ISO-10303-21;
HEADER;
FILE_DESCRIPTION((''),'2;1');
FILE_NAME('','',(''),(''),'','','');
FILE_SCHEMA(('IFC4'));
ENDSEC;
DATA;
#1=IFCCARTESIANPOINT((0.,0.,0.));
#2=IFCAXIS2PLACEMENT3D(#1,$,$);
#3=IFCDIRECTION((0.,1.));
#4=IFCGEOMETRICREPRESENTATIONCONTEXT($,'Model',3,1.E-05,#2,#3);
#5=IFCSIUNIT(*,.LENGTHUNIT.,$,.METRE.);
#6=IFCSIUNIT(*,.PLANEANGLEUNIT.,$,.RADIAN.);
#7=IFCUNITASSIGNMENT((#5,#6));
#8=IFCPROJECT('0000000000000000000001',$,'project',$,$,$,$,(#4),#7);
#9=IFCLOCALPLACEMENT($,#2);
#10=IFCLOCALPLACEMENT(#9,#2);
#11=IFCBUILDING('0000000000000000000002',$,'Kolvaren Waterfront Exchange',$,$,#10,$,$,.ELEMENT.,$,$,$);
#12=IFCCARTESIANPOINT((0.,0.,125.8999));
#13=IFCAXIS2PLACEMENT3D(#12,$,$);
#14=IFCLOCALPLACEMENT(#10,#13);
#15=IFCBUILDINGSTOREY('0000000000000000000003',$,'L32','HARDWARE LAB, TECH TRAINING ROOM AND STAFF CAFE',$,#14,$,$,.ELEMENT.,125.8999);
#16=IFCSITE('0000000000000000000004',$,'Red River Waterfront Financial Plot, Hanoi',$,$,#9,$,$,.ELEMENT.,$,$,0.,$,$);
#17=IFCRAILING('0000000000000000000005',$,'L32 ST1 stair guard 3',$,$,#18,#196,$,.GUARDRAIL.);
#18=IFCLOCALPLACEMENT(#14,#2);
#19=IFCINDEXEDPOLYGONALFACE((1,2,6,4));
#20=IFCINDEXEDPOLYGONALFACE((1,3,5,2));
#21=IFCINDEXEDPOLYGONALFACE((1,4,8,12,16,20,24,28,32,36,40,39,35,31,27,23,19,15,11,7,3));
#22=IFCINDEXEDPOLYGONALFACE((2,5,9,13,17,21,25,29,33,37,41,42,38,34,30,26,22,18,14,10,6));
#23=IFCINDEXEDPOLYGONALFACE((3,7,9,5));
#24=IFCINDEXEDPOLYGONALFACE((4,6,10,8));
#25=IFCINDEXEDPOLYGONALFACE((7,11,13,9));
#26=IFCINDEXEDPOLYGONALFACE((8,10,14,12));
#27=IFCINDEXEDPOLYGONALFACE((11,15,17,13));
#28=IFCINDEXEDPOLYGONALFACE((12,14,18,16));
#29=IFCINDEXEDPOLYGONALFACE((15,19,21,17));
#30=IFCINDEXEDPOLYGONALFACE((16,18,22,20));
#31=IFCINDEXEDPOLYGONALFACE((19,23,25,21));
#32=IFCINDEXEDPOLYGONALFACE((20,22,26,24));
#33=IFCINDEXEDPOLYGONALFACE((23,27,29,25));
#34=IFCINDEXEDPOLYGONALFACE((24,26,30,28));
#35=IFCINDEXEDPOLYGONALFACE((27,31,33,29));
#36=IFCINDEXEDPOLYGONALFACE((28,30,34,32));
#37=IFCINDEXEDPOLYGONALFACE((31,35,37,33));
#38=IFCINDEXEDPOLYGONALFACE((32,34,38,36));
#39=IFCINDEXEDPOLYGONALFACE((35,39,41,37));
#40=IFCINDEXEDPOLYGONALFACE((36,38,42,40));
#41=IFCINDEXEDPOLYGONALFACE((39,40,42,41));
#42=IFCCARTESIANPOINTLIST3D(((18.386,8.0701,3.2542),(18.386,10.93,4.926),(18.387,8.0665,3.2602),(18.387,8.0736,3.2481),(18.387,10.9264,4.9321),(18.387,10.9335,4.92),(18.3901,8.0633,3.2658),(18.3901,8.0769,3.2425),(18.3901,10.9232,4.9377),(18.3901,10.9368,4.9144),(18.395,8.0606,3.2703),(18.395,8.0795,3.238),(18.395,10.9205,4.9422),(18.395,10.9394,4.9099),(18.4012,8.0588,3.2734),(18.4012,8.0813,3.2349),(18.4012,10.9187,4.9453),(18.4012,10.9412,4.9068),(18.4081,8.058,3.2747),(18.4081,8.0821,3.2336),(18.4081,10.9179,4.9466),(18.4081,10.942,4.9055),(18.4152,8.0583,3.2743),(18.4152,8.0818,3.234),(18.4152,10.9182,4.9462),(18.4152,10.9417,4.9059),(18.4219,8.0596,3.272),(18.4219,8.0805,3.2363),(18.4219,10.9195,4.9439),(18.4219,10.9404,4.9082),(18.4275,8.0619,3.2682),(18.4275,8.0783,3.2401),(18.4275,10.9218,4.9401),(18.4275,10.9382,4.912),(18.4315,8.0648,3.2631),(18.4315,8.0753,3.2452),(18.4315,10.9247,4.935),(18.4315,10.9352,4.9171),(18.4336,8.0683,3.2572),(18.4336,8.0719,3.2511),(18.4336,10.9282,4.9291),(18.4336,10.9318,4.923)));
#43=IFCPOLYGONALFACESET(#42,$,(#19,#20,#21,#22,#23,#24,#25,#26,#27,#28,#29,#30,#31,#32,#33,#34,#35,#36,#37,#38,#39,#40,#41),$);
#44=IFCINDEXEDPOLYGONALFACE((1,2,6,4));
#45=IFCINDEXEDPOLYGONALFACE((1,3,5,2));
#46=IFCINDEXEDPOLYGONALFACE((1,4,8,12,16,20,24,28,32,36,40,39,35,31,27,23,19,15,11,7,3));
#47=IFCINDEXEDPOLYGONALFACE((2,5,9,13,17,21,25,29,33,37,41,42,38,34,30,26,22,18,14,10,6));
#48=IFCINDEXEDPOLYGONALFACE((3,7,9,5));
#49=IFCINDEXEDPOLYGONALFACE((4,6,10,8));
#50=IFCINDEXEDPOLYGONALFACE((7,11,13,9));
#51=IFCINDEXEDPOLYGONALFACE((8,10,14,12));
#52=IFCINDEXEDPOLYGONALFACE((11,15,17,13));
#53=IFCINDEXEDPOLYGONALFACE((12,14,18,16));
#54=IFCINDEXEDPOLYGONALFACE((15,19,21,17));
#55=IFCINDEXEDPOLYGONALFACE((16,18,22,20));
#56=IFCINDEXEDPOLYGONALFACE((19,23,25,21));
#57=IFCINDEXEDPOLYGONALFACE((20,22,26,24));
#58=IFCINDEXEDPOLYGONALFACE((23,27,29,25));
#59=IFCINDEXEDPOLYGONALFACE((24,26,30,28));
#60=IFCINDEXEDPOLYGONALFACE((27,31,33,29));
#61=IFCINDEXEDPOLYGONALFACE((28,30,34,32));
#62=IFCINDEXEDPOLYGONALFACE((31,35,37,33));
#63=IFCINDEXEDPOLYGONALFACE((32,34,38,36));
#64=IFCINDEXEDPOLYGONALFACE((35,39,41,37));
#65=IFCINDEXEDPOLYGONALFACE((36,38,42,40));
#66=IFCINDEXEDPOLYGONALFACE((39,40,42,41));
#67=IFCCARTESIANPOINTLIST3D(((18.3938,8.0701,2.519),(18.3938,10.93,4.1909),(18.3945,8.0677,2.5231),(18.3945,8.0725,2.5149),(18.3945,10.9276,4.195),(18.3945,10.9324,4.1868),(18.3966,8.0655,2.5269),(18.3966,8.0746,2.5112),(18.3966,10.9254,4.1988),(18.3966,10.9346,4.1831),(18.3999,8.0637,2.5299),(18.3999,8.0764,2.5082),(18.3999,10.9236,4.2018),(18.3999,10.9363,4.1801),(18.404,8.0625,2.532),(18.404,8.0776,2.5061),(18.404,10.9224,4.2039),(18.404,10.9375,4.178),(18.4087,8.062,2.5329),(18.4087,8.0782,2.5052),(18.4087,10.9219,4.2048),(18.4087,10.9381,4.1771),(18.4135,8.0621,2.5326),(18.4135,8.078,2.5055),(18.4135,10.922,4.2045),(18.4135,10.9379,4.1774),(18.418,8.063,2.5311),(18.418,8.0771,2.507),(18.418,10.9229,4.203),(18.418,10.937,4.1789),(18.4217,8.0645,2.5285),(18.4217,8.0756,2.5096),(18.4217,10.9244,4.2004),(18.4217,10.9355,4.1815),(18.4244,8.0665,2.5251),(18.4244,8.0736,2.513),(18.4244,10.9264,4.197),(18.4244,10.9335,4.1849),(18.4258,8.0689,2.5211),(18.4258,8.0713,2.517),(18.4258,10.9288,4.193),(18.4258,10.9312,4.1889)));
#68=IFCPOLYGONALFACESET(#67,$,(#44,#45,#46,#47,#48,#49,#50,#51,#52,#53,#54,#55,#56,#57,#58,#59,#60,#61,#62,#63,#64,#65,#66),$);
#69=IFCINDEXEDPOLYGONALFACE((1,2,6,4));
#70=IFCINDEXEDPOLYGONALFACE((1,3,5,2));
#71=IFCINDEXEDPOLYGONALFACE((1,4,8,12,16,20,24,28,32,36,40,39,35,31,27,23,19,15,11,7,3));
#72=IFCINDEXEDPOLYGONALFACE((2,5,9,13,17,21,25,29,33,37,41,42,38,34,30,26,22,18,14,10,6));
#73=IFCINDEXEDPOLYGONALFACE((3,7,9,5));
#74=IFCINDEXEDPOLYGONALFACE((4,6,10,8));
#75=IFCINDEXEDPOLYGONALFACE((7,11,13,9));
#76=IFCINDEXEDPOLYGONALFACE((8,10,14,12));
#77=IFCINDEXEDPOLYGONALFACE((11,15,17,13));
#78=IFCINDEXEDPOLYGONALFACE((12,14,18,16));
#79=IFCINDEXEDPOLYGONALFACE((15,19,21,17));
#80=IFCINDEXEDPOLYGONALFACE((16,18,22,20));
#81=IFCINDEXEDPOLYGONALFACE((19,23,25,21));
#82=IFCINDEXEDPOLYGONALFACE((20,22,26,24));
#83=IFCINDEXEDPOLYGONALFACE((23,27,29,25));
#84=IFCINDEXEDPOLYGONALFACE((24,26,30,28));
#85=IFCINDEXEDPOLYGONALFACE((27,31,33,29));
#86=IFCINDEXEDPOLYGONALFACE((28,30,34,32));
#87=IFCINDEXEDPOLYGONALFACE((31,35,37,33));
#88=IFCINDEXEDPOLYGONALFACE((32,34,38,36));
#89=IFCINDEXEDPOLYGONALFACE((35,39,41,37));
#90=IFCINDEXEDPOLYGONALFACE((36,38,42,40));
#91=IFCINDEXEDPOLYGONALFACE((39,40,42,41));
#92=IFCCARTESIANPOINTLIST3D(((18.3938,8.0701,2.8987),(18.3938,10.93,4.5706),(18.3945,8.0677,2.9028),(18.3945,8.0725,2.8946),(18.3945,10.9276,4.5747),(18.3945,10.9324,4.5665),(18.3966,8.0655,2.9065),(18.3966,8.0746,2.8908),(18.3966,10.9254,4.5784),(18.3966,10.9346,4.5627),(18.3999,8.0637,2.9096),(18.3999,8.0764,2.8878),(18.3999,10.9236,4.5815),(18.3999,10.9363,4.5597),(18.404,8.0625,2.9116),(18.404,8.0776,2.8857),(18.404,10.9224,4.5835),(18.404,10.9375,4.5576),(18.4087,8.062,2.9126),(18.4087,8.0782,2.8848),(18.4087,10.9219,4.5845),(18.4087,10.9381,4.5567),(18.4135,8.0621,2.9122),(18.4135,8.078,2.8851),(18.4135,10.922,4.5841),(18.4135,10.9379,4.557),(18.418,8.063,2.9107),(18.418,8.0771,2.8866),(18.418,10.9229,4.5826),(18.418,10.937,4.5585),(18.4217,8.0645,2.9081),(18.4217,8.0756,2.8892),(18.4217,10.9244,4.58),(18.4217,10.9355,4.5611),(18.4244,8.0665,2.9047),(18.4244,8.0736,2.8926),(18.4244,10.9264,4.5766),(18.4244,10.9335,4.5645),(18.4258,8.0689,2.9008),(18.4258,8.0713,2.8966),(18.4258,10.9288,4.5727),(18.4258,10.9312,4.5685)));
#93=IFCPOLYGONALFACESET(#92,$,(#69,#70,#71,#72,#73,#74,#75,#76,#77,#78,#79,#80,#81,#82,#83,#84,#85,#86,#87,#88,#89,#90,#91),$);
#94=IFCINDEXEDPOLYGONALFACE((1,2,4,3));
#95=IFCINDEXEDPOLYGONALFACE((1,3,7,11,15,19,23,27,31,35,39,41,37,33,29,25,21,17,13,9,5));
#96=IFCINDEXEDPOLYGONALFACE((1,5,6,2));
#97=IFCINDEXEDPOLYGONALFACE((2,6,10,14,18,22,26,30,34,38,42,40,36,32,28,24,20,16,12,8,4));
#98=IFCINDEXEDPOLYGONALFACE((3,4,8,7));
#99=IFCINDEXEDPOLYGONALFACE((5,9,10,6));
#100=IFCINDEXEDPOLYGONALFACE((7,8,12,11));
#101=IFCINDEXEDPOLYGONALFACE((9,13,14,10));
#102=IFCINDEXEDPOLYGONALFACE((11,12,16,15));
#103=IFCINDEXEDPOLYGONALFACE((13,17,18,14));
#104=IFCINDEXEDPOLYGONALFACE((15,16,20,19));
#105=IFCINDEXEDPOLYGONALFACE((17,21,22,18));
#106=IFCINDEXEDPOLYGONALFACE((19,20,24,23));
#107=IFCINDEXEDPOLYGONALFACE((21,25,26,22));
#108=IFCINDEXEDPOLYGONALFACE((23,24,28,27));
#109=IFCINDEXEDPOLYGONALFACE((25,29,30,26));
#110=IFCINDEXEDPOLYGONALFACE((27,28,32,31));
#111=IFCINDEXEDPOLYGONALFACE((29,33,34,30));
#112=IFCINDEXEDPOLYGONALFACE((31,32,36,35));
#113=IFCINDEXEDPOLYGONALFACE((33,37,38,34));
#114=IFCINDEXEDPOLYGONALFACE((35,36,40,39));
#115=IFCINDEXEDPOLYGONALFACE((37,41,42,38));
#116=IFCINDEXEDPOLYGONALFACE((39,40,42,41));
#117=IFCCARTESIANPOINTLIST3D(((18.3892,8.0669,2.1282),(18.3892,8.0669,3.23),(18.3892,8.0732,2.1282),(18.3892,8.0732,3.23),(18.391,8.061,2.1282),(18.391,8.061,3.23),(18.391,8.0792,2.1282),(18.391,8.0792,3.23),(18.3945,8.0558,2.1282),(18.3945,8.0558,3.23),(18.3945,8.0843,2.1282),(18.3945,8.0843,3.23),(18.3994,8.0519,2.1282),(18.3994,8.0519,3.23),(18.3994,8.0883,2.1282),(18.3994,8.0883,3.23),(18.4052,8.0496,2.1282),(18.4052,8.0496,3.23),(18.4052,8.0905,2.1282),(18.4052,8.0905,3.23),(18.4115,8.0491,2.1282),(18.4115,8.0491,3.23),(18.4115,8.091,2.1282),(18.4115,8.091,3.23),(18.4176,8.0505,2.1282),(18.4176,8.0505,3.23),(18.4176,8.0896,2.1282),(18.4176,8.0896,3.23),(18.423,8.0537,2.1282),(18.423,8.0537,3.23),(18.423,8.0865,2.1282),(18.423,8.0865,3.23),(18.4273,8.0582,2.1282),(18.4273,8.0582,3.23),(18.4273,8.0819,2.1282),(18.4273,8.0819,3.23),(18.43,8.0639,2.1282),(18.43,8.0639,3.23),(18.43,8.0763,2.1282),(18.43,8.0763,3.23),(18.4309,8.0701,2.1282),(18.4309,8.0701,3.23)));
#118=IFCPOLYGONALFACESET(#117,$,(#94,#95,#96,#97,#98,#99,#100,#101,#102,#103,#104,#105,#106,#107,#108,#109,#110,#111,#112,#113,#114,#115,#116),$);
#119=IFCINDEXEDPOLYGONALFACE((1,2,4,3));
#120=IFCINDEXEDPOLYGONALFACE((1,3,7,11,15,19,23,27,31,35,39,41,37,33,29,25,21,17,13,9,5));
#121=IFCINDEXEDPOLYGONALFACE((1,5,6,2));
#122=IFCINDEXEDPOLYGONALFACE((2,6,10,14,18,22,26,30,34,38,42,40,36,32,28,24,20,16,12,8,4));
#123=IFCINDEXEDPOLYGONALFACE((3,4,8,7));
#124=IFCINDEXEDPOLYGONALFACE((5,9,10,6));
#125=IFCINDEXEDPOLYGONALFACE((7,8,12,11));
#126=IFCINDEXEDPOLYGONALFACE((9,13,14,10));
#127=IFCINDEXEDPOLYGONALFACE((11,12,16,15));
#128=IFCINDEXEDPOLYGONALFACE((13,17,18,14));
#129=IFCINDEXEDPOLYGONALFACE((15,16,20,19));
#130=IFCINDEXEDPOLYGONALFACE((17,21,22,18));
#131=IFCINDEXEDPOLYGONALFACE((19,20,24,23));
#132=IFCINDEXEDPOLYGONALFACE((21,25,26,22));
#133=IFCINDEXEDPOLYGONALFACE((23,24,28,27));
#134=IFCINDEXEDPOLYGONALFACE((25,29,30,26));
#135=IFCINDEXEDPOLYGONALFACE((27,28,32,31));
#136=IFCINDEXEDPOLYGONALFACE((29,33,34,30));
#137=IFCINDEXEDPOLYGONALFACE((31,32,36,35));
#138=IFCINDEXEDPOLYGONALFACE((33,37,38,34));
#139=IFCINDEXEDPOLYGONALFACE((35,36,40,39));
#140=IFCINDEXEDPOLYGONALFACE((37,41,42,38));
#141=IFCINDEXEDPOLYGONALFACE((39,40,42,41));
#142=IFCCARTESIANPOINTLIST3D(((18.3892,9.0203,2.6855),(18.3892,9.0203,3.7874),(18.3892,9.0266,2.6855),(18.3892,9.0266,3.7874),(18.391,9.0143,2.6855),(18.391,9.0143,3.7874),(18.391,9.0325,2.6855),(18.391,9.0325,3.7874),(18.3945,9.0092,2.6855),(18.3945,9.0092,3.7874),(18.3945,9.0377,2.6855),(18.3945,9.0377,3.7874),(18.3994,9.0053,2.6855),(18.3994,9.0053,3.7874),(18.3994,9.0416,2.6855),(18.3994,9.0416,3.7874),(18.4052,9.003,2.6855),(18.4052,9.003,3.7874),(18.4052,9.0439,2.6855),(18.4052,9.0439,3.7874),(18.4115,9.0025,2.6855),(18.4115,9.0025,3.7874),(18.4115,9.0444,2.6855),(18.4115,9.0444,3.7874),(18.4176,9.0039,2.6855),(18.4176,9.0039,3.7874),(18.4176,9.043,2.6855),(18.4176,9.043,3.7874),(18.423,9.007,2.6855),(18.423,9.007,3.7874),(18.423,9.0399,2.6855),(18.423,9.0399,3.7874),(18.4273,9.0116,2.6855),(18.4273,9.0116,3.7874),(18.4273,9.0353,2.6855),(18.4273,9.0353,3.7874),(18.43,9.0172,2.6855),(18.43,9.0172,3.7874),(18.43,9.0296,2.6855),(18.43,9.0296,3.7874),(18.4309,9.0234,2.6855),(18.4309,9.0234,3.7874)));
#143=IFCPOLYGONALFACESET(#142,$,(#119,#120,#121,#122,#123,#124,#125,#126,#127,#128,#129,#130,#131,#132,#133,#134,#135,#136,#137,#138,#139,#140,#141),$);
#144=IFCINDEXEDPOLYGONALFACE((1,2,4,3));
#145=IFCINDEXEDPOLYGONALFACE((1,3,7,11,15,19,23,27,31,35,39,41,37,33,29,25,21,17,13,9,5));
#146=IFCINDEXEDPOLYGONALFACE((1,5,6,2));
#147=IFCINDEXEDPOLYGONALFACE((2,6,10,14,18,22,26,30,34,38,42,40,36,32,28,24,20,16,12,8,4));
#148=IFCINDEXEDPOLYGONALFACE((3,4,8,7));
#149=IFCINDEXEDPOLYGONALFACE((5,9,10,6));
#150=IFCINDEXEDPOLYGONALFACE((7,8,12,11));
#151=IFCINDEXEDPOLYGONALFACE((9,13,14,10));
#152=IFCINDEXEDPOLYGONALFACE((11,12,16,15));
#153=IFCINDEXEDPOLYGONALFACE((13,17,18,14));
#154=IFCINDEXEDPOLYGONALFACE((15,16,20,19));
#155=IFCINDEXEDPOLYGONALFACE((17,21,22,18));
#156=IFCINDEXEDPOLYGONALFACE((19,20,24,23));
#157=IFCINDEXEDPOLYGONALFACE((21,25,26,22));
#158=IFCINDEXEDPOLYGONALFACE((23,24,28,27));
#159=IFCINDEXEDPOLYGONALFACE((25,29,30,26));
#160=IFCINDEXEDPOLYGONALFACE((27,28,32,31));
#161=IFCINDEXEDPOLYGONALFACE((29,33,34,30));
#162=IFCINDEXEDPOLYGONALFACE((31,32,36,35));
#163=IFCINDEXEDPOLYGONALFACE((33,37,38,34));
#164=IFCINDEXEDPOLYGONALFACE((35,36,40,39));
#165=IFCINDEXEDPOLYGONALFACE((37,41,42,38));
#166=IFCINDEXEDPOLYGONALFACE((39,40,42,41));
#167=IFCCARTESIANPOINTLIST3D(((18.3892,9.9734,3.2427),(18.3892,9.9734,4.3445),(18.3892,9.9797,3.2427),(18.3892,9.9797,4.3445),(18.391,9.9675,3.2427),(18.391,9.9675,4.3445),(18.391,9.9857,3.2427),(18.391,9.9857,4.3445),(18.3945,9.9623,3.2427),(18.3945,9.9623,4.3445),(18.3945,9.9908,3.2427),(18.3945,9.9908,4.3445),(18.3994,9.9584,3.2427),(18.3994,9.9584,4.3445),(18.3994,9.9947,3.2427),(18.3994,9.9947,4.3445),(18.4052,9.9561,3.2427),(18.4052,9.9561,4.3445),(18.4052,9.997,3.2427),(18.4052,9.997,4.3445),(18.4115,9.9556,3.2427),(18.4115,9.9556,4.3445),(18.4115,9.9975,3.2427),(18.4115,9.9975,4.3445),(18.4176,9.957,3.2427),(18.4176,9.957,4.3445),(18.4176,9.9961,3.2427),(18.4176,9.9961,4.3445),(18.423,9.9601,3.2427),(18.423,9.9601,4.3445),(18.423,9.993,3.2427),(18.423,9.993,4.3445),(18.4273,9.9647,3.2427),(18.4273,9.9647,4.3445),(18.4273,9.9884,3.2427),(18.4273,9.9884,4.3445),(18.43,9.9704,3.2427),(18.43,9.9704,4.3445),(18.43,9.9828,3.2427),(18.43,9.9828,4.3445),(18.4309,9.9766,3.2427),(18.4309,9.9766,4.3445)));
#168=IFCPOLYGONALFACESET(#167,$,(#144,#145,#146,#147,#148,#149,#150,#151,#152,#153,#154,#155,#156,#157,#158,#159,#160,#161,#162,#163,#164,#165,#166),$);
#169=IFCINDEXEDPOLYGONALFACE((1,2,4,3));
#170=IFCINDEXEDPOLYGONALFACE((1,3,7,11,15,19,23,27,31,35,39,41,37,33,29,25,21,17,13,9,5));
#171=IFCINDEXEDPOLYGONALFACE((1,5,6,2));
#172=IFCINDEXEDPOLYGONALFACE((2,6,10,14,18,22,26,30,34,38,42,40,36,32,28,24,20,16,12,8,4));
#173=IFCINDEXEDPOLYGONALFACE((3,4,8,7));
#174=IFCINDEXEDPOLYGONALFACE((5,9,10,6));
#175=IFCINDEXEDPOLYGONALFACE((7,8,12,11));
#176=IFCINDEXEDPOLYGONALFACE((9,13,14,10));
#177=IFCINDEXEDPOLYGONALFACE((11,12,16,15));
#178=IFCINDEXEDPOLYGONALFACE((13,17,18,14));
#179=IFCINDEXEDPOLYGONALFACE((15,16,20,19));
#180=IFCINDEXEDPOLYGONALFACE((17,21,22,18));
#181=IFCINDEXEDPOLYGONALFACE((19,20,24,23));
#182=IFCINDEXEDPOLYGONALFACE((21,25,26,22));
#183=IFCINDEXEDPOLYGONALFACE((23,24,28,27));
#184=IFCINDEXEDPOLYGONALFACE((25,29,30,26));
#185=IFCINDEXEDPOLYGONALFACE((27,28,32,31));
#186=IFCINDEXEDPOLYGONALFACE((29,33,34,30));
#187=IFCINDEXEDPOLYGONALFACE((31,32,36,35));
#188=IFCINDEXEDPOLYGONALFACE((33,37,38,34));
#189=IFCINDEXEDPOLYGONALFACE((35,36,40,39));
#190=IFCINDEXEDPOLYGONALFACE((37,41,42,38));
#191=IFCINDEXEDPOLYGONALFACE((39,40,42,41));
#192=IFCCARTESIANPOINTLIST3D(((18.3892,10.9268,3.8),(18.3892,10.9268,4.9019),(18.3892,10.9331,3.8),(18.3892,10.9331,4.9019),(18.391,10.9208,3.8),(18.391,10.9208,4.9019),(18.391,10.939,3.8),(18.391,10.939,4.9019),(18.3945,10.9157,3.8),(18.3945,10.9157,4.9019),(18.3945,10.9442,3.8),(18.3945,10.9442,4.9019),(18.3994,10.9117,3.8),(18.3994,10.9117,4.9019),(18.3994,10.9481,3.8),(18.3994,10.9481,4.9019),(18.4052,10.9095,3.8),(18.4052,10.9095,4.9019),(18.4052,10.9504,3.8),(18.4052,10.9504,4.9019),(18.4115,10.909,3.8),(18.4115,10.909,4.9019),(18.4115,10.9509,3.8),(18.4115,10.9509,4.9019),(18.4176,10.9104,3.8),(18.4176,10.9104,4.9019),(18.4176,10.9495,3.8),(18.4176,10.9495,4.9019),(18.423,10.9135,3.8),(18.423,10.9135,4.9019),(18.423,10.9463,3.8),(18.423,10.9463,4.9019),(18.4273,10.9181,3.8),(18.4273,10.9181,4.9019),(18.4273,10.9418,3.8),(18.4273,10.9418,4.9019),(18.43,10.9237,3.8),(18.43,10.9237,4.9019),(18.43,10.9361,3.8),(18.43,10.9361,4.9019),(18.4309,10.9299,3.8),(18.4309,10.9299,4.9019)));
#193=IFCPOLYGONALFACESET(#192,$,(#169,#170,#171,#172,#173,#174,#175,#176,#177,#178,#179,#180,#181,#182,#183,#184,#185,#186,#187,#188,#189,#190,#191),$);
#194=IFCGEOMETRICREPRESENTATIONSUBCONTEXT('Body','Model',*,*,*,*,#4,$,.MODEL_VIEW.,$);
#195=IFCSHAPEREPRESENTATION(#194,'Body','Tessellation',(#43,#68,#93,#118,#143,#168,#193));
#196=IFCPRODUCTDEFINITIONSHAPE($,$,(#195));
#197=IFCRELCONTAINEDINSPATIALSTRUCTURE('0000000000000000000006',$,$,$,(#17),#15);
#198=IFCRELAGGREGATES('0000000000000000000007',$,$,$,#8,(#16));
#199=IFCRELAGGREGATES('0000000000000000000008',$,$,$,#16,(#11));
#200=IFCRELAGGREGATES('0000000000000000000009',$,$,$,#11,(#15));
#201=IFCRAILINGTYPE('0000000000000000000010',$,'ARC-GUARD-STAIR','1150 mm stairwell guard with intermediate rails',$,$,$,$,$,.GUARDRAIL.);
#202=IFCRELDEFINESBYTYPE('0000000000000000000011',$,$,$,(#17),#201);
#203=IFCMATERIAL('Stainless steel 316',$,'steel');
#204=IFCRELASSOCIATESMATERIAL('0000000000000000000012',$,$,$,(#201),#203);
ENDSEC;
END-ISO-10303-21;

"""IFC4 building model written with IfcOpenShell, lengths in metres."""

from ifc_helpers import new_model, si_unit, direction, frame, origin, origin_2d, place, context, subcontext, project, spatial, circle, extrude, material, type_object, element, save


model = new_model("IFC4")

# Units and contexts
model_context = context("Model", 3, precision=1e-05, world=origin(), true_north=direction((0.0, 1.0)))
body_context = subcontext(model_context, "Body", "Model", "MODEL_VIEW")
ifc_project = project(units=[si_unit("LENGTHUNIT", "METRE"), si_unit("PLANEANGLEUNIT", "RADIAN")], contexts=[model_context])

# Site, building, storey
site_placement = place(None, origin())
site = spatial("IfcSite", under=ifc_project, at=site_placement, Name="Red River Waterfront Financial Plot, Hanoi", CompositionType="ELEMENT", RefElevation=0.0)
building_placement = place(site_placement, origin())
building = spatial("IfcBuilding", under=site, at=building_placement, Name="Kolvaren Waterfront Exchange", CompositionType="ELEMENT")
storey_placement = place(building_placement, frame((0.0, 0.0, 125.8999)))
storey = spatial("IfcBuildingStorey", under=building, at=storey_placement, Name="L32", Description="HARDWARE LAB, TECH TRAINING ROOM AND STAFF CAFE", CompositionType="ELEMENT", Elevation=125.8999)

# Railing
ifc_material_1 = material(Name="Stainless steel 316", Category="steel")
railing_type_1 = type_object("IfcRailingType", Name="ARC-GUARD-STAIR", Description="1150 mm stairwell guard with intermediate rails", PredefinedType="GUARDRAIL", material=ifc_material_1)
railing_1_placement = place(storey_placement, frame((18.4099, 8.0701, 2.1282)))
element("IfcRailing", 1, at=railing_1_placement, inside=storey, type_object=railing_type_1, Name="L32 ST1 stair guard 3", PredefinedType="GUARDRAIL", context=body_context, shape_type="SweptSolid", body=[
    extrude(circle(Radius=0.0239, at=origin_2d()), frame((0.0, 0.0, 1.126), z_axis=(0.0, 0.863303, 0.504686), x_axis=(-1.0, 0.0, 0.0)), (0.0, 0.0, 1.0), 3.3127),
    extrude(circle(Radius=0.0161, at=origin_2d()), frame((0.0, 0.0, 0.3909), z_axis=(0.0, 0.863303, 0.504686), x_axis=(-1.0, 0.0, 0.0)), (0.0, 0.0, 1.0), 3.3127),
    extrude(circle(Radius=0.0161, at=origin_2d()), frame((0.0, 0.0, 0.7705), z_axis=(0.0, 0.863303, 0.504686), x_axis=(-1.0, 0.0, 0.0)), (0.0, 0.0, 1.0), 3.3127),
    extrude(circle(Radius=0.021, at=origin_2d()), origin(), (0.0, 0.0, 1.0), 1.1018),
    extrude(circle(Radius=0.021, at=origin_2d()), frame((0.0, 0.9534, 0.5574)), (0.0, 0.0, 1.0), 1.1018),
    extrude(circle(Radius=0.021, at=origin_2d()), frame((0.0, 1.9065, 1.1145)), (0.0, 0.0, 1.0), 1.1018),
    extrude(circle(Radius=0.021, at=origin_2d()), frame((0.0, 2.8599, 1.6719)), (0.0, 0.0, 1.0), 1.1018),
])

save(model, "model.ifc")
